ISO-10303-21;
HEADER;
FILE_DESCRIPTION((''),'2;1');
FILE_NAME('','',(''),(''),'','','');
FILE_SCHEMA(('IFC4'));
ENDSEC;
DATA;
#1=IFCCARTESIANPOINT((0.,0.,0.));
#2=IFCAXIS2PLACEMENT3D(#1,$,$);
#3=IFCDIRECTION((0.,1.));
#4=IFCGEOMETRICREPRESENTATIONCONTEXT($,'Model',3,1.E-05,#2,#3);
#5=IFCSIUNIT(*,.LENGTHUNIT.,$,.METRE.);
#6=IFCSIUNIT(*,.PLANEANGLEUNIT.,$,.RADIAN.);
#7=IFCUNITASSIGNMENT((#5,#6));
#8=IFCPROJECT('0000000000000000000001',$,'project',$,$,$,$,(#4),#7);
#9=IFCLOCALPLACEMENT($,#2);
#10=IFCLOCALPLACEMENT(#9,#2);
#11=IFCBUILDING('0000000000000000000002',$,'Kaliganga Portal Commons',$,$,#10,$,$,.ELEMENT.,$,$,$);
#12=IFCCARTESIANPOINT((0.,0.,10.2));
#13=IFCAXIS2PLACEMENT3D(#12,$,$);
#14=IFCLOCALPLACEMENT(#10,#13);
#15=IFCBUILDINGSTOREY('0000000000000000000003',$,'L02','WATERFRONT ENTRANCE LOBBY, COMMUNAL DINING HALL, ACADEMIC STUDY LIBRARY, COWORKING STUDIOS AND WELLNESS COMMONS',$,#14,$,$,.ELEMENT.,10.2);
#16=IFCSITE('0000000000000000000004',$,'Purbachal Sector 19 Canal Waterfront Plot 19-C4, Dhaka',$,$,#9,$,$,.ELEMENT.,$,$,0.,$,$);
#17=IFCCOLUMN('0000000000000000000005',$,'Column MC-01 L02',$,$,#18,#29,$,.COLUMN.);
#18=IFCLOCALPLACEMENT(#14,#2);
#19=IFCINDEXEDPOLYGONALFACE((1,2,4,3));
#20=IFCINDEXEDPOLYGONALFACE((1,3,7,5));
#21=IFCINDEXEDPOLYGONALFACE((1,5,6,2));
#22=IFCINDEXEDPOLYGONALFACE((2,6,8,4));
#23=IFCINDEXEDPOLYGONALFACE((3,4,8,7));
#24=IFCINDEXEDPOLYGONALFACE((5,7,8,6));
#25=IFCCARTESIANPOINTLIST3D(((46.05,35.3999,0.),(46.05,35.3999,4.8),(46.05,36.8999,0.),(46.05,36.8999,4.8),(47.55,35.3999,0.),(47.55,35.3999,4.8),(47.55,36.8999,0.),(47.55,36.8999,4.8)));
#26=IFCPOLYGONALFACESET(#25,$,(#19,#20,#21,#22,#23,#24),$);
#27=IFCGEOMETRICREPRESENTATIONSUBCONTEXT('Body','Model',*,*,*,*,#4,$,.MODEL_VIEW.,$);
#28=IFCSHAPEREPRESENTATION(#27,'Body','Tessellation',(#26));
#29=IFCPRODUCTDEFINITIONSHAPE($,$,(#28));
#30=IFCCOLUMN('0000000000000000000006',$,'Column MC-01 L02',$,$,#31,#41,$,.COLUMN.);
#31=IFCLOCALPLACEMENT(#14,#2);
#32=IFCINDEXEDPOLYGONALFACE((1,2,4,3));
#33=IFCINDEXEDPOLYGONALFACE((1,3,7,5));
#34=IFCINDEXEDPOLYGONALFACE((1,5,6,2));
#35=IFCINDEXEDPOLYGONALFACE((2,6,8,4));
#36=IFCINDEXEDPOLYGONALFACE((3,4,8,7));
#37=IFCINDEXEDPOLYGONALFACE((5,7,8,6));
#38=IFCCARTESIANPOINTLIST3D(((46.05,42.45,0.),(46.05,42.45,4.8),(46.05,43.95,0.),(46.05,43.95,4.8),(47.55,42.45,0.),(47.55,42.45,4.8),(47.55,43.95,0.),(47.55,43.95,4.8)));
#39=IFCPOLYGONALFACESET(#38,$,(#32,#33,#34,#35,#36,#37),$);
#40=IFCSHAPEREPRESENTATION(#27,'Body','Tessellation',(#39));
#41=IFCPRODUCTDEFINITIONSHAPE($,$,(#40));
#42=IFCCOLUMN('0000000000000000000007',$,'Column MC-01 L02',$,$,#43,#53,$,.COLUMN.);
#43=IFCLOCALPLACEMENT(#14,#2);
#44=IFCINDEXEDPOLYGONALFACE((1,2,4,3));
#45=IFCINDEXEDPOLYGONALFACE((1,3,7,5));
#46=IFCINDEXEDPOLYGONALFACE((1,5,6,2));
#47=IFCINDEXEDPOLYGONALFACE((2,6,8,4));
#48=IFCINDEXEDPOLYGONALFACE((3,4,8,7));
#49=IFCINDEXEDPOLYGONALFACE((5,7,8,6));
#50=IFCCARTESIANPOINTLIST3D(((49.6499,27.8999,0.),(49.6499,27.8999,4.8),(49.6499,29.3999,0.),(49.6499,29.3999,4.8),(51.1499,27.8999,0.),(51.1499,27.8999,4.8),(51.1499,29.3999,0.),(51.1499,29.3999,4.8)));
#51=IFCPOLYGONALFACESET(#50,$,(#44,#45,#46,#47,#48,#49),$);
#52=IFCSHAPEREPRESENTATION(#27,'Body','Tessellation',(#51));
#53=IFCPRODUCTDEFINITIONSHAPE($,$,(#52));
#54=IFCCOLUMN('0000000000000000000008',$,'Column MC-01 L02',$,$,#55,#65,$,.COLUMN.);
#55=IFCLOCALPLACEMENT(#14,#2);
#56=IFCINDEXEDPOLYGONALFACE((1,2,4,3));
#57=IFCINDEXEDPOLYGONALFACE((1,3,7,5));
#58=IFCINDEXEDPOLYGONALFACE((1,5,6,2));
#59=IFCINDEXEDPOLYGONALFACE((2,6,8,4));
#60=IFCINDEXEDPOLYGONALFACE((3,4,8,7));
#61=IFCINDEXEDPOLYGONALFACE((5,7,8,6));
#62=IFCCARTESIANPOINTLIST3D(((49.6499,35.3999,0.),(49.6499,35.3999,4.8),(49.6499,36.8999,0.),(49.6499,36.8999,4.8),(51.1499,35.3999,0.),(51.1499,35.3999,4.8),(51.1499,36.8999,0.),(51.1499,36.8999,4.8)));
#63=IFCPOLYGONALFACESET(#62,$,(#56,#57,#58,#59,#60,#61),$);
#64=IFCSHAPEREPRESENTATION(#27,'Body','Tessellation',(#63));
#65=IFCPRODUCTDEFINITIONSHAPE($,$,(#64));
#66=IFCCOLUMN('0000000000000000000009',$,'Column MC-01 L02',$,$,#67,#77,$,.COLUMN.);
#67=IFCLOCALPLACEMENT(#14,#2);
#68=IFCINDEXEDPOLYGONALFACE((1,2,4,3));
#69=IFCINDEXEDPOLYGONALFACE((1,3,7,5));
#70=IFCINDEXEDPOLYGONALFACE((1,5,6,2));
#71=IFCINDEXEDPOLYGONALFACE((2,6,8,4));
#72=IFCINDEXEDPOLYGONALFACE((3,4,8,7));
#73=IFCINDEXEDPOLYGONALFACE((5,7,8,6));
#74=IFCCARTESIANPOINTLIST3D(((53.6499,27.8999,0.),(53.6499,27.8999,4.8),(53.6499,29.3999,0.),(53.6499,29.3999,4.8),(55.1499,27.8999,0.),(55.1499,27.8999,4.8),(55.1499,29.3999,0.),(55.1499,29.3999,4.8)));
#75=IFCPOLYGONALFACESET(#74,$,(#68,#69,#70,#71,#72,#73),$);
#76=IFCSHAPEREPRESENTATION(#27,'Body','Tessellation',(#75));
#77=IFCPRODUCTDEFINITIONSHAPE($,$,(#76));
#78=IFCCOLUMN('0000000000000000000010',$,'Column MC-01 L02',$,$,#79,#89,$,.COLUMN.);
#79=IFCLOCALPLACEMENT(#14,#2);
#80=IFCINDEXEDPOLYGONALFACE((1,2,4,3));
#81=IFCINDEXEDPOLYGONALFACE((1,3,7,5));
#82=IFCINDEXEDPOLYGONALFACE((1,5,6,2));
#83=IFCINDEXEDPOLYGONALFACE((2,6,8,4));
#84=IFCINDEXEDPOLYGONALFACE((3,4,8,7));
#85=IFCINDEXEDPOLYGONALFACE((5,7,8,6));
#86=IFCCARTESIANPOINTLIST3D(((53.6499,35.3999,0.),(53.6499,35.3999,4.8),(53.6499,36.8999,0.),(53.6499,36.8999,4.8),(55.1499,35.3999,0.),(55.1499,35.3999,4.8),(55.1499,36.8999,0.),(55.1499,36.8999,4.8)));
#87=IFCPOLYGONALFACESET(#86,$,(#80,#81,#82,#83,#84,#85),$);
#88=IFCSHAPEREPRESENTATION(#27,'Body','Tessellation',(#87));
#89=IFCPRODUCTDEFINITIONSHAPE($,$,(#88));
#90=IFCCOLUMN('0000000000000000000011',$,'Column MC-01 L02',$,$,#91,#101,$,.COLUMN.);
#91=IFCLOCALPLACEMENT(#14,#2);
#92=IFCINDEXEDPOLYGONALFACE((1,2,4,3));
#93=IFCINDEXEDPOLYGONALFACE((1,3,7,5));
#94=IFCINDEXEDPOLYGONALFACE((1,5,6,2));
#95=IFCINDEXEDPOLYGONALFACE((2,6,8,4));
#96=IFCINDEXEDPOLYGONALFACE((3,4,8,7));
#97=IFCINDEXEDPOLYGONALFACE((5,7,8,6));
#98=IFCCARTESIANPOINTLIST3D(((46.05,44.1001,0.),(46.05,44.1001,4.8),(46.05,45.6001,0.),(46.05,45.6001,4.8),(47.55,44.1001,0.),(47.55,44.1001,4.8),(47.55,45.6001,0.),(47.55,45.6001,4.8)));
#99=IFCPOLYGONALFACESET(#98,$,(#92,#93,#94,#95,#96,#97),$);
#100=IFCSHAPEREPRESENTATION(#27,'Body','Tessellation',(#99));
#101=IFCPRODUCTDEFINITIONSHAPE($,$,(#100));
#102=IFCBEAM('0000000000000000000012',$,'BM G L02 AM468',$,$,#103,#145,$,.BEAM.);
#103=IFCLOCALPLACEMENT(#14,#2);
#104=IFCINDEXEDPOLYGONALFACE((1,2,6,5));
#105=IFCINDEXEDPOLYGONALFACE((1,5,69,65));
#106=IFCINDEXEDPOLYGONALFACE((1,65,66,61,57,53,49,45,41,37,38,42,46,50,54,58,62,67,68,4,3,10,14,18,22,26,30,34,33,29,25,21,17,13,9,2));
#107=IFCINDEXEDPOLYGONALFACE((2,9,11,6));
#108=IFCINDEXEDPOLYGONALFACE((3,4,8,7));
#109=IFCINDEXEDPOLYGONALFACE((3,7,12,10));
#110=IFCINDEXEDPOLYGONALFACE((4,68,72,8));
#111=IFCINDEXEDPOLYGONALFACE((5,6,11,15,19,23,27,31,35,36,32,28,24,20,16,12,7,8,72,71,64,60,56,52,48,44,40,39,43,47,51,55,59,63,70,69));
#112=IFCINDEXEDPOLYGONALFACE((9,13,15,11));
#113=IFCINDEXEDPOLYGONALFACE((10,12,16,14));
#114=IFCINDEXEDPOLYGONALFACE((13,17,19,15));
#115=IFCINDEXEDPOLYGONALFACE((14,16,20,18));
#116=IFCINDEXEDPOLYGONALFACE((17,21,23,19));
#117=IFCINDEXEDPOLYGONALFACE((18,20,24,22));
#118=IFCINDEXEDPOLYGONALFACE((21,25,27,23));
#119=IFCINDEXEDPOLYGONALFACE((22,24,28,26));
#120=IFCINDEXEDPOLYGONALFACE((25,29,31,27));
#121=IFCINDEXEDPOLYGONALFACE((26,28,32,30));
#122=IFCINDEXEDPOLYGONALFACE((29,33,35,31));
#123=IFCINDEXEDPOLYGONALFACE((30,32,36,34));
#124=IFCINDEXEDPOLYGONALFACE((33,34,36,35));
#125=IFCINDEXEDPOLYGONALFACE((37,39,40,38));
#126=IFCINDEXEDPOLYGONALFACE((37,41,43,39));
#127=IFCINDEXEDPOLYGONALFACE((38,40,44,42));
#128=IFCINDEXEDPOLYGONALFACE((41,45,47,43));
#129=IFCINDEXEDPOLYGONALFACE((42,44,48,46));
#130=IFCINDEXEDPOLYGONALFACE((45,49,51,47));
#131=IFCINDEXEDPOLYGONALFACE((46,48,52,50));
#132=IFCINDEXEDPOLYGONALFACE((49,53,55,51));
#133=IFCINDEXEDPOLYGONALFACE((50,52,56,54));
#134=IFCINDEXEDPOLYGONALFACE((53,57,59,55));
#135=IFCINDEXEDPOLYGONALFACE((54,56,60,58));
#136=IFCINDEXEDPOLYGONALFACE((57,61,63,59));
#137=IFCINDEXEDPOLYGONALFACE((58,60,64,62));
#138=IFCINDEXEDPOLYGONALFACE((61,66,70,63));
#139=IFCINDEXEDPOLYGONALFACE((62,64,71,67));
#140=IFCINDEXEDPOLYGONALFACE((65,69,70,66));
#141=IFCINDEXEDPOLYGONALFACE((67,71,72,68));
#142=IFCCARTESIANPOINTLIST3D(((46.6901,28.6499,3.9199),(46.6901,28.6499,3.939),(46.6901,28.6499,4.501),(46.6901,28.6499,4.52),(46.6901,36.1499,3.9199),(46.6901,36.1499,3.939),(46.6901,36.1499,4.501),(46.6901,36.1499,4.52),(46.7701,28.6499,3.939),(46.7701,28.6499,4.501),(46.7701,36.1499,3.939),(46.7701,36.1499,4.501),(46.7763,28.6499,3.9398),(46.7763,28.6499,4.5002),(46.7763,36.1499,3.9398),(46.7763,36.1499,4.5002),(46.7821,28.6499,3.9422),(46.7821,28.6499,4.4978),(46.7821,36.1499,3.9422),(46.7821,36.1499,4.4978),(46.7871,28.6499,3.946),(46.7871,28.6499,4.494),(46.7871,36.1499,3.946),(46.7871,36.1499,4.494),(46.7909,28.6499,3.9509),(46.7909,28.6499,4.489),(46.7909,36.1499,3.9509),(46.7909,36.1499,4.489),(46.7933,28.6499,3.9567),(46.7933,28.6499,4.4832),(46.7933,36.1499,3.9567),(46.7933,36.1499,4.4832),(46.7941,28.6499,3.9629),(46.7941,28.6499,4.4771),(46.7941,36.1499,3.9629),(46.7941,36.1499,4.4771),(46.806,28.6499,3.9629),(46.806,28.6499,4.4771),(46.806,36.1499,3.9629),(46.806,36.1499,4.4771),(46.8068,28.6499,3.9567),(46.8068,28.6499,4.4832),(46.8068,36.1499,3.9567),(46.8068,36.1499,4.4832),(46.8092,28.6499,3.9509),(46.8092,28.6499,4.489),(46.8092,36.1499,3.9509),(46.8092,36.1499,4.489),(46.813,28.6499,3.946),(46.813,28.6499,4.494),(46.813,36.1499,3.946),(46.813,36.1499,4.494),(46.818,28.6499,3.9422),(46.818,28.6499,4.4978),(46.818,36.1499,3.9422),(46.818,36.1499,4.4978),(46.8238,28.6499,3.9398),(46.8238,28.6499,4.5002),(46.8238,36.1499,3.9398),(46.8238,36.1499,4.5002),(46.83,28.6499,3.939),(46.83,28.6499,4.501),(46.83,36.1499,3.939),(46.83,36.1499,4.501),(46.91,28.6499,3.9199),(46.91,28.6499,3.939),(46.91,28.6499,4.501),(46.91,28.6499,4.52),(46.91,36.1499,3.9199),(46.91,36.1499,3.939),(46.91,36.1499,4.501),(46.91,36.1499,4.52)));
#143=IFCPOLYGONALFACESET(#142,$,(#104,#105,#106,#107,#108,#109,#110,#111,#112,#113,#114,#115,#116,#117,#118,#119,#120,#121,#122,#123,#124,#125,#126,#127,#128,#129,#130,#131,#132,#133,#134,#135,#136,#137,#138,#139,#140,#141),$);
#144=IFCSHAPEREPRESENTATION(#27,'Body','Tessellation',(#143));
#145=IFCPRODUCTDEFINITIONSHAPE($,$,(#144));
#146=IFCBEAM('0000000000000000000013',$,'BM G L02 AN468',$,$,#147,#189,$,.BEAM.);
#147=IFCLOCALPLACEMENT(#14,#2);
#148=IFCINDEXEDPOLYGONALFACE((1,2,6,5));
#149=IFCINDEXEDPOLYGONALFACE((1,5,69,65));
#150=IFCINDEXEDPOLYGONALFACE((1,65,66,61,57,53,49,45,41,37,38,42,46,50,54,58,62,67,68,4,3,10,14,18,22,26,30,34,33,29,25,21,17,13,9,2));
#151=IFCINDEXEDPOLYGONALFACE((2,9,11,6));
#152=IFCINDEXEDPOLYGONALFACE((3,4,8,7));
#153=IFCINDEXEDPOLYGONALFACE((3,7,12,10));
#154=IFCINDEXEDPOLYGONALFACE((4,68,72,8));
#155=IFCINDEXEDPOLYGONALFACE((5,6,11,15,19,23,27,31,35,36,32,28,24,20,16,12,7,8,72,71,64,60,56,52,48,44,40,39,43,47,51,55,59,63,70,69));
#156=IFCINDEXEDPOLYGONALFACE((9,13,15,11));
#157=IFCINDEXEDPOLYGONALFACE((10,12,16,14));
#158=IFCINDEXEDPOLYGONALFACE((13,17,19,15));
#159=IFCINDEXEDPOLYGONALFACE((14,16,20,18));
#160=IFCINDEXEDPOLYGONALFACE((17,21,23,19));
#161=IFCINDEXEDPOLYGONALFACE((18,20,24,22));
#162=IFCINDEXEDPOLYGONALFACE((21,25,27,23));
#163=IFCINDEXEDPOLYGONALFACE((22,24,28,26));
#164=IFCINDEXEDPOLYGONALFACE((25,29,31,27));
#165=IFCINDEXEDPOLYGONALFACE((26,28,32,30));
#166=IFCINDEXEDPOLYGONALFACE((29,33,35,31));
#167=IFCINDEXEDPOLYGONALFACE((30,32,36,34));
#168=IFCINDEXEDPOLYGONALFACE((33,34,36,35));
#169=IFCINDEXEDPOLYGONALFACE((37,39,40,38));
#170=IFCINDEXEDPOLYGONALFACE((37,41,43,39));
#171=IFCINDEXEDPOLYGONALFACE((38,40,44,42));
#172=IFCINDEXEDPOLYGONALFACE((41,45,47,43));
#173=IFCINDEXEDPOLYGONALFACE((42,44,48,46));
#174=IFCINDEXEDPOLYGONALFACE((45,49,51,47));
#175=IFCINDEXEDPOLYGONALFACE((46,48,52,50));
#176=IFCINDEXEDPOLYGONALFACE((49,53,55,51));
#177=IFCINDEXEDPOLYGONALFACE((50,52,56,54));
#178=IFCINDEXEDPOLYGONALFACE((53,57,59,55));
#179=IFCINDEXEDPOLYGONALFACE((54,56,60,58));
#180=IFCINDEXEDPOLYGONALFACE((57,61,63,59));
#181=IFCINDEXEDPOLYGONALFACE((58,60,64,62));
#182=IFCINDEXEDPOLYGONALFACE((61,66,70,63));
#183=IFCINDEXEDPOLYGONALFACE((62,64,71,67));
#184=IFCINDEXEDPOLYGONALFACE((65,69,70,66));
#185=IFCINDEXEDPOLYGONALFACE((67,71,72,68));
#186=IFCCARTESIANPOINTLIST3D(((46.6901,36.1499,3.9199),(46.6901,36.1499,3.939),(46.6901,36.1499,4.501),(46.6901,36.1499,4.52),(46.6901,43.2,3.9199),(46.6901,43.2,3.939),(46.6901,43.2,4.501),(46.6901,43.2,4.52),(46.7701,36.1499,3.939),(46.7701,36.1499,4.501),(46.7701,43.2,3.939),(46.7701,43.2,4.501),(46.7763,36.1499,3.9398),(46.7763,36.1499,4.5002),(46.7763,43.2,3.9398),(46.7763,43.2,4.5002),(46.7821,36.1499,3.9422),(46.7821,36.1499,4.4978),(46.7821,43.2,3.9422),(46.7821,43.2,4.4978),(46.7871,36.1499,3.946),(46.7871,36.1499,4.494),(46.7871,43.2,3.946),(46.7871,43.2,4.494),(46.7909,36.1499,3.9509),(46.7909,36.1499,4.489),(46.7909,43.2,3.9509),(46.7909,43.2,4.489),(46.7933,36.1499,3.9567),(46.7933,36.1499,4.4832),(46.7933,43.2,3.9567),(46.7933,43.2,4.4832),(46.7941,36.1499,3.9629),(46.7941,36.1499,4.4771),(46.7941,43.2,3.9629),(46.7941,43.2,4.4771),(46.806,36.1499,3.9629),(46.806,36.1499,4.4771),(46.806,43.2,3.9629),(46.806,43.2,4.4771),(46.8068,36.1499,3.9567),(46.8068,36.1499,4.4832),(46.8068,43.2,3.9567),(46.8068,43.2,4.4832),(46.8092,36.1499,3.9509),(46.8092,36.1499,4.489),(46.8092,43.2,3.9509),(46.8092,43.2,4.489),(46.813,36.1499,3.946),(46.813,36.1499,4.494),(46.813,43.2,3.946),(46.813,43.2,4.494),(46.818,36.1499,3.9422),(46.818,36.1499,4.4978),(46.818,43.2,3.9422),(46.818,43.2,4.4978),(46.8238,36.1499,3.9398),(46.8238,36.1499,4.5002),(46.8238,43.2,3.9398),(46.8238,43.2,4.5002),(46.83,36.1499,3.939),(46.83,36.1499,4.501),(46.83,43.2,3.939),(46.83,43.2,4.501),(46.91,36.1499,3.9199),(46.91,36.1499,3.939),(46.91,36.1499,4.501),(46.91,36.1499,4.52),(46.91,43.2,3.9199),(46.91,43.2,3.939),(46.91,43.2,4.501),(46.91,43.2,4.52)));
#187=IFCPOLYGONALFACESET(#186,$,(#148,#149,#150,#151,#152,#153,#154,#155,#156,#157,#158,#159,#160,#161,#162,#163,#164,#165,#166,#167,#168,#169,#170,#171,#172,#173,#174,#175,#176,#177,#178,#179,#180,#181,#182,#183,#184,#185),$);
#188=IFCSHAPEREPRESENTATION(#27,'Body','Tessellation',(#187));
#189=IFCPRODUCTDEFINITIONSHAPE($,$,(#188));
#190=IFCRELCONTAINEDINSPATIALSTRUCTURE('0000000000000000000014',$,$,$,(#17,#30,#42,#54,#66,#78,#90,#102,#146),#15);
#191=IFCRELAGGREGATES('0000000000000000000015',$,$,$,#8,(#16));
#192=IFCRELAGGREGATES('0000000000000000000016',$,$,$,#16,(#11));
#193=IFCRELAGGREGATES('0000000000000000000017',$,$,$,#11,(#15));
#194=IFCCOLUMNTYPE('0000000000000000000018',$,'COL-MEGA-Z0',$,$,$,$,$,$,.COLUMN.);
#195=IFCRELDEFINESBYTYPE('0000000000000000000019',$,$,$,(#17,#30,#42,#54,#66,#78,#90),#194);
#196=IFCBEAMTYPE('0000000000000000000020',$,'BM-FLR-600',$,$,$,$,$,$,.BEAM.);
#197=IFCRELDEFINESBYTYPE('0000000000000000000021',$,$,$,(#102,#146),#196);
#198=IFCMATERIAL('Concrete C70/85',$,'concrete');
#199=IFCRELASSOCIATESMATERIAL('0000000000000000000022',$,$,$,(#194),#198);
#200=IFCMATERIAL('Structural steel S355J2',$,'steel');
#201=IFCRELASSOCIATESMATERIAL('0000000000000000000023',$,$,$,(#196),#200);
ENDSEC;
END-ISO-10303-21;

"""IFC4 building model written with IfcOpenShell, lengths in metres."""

from ifc_helpers import new_model, si_unit, direction, frame, origin, origin_2d, place, context, subcontext, project, spatial, rectangle, i_section, extrude, source, transform, mapped, material, material_profile, profile_set, type_object, element, save


model = new_model("IFC4")

# Units and contexts
model_context = context("Model", 3, precision=1e-05, world=origin(), true_north=direction((0.0, 1.0)))
body_context = subcontext(model_context, "Body", "Model", "MODEL_VIEW")
ifc_project = project(units=[si_unit("LENGTHUNIT", "METRE"), si_unit("PLANEANGLEUNIT", "RADIAN")], contexts=[model_context])

# Site, building, storey
site_placement = place(None, origin())
site = spatial("IfcSite", under=ifc_project, at=site_placement, Name="Purbachal Sector 19 Canal Waterfront Plot 19-C4, Dhaka", CompositionType="ELEMENT", RefElevation=0.0)
building_placement = place(site_placement, origin())
building = spatial("IfcBuilding", under=site, at=building_placement, Name="Kaliganga Portal Commons", CompositionType="ELEMENT")
storey_placement = place(building_placement, frame((0.0, 0.0, 10.2)))
storey = spatial("IfcBuildingStorey", under=building, at=storey_placement, Name="L02", Description="WATERFRONT ENTRANCE LOBBY, COMMUNAL DINING HALL, ACADEMIC STUDY LIBRARY, COWORKING STUDIOS AND WELLNESS COMMONS", CompositionType="ELEMENT", Elevation=10.2)

# Columns
ifc_material_1 = material(Name="Concrete C70/85", Category="concrete")
ifc_material_profile_1 = material_profile(ifc_material_1, rectangle(XDim=1.5, YDim=1.5, at=origin_2d()), Name="RC 1500x1500")
ifc_profile_set_1 = profile_set([ifc_material_profile_1], Name="Concrete C70/85")
column_type = type_object("IfcColumnType", Name="COL-MEGA-Z0", PredefinedType="COLUMN", material=ifc_profile_set_1)
shared_shape_1 = source(origin(), body_context, "Body", "SweptSolid", [
    extrude(rectangle(XDim=1.5, YDim=1.5, at=origin_2d()), origin(), (0.0, 0.0, 1.0), 4.8),
])
for number, where, z_axis, x_axis, name in (
    (1, (46.8, 36.1499, 0.0), (0.0, 0.0, 1.0), (1.0, 0.0, 0.0), "Column MC-01 L02"),
    (2, (46.8, 43.2, 0.0), (0.0, 0.0, 1.0), (1.0, 0.0, 0.0), "Column MC-01 L02"),
    (3, (50.3999, 28.6499, 0.0), (0.0, 0.0, 1.0), (1.0, 0.0, 0.0), "Column MC-01 L02"),
    (4, (50.3999, 36.1499, 0.0), (0.0, 0.0, 1.0), (1.0, 0.0, 0.0), "Column MC-01 L02"),
    (5, (54.3999, 28.6499, 0.0), (0.0, 0.0, 1.0), (1.0, 0.0, 0.0), "Column MC-01 L02"),
    (6, (54.3999, 36.1499, 0.0), (0.0, 0.0, 1.0), (1.0, 0.0, 0.0), "Column MC-01 L02"),
    (7, (46.8, 44.8501, 0.0), (0.0, 0.0, 1.0), (1.0, 0.0, 0.0), "Column MC-01 L02"),
):
    element("IfcColumn", number, at=place(storey_placement, frame(where, z_axis=z_axis, x_axis=x_axis)), inside=storey, type_object=column_type, Name=name, PredefinedType="COLUMN", context=body_context, shape_type="MappedRepresentation", body=[
        mapped(shared_shape_1, transform((0.0, 0.0, 0.0), x_axis=(1.0, 0.0, 0.0), y_axis=(0.0, 1.0, 0.0), z_axis=(0.0, 0.0, 1.0), scale=1.0)),
    ])

# Beams
ifc_material_2 = material(Name="Structural steel S355J2", Category="steel")
ifc_material_profile_2 = material_profile(ifc_material_2, i_section(OverallWidth=0.22, OverallDepth=0.6001, WebThickness=0.012, FlangeThickness=0.019, FilletRadius=0.0239, at=origin_2d()), Name="IPE 600")
ifc_profile_set_2 = profile_set([ifc_material_profile_2], Name="Structural steel S355J2 wide-flange")
beam_type_1 = type_object("IfcBeamType", Name="BM-FLR-600", PredefinedType="BEAM", material=ifc_profile_set_2)
shared_shape_2 = source(origin(), body_context, "Body", "SweptSolid", [
    extrude(i_section(OverallWidth=0.22, OverallDepth=0.6001, WebThickness=0.012, FlangeThickness=0.019, FilletRadius=0.0239, at=origin_2d()), origin(), (0.0, 0.0, 1.0), 7.5),
])
beam_1_placement = place(storey_placement, frame((46.8, 28.6499, 4.22), z_axis=(0.0, 1.0, 0.0), x_axis=(-1.0, 0.0, 0.0)))
element("IfcBeam", 8, at=beam_1_placement, inside=storey, type_object=beam_type_1, Name="BM G L02 AM468", PredefinedType="BEAM", context=body_context, shape_type="MappedRepresentation", body=[
    mapped(shared_shape_2, transform((0.0, 0.0, 0.0), x_axis=(1.0, 0.0, 0.0), y_axis=(0.0, 1.0, 0.0), z_axis=(0.0, 0.0, 1.0), scale=1.0)),
])
shared_shape_3 = source(origin(), body_context, "Body", "SweptSolid", [
    extrude(i_section(OverallWidth=0.22, OverallDepth=0.6001, WebThickness=0.012, FlangeThickness=0.019, FilletRadius=0.0239, at=origin_2d()), origin(), (0.0, 0.0, 1.0), 7.05),
])
beam_2_placement = place(storey_placement, frame((46.8, 36.1499, 4.22), z_axis=(0.0, 1.0, 0.0), x_axis=(-1.0, 0.0, 0.0)))
element("IfcBeam", 9, at=beam_2_placement, inside=storey, type_object=beam_type_1, Name="BM G L02 AN468", PredefinedType="BEAM", context=body_context, shape_type="MappedRepresentation", body=[
    mapped(shared_shape_3, transform((0.0, 0.0, 0.0), x_axis=(1.0, 0.0, 0.0), y_axis=(0.0, 1.0, 0.0), z_axis=(0.0, 0.0, 1.0), scale=1.0)),
])

save(model, "model.ifc")
